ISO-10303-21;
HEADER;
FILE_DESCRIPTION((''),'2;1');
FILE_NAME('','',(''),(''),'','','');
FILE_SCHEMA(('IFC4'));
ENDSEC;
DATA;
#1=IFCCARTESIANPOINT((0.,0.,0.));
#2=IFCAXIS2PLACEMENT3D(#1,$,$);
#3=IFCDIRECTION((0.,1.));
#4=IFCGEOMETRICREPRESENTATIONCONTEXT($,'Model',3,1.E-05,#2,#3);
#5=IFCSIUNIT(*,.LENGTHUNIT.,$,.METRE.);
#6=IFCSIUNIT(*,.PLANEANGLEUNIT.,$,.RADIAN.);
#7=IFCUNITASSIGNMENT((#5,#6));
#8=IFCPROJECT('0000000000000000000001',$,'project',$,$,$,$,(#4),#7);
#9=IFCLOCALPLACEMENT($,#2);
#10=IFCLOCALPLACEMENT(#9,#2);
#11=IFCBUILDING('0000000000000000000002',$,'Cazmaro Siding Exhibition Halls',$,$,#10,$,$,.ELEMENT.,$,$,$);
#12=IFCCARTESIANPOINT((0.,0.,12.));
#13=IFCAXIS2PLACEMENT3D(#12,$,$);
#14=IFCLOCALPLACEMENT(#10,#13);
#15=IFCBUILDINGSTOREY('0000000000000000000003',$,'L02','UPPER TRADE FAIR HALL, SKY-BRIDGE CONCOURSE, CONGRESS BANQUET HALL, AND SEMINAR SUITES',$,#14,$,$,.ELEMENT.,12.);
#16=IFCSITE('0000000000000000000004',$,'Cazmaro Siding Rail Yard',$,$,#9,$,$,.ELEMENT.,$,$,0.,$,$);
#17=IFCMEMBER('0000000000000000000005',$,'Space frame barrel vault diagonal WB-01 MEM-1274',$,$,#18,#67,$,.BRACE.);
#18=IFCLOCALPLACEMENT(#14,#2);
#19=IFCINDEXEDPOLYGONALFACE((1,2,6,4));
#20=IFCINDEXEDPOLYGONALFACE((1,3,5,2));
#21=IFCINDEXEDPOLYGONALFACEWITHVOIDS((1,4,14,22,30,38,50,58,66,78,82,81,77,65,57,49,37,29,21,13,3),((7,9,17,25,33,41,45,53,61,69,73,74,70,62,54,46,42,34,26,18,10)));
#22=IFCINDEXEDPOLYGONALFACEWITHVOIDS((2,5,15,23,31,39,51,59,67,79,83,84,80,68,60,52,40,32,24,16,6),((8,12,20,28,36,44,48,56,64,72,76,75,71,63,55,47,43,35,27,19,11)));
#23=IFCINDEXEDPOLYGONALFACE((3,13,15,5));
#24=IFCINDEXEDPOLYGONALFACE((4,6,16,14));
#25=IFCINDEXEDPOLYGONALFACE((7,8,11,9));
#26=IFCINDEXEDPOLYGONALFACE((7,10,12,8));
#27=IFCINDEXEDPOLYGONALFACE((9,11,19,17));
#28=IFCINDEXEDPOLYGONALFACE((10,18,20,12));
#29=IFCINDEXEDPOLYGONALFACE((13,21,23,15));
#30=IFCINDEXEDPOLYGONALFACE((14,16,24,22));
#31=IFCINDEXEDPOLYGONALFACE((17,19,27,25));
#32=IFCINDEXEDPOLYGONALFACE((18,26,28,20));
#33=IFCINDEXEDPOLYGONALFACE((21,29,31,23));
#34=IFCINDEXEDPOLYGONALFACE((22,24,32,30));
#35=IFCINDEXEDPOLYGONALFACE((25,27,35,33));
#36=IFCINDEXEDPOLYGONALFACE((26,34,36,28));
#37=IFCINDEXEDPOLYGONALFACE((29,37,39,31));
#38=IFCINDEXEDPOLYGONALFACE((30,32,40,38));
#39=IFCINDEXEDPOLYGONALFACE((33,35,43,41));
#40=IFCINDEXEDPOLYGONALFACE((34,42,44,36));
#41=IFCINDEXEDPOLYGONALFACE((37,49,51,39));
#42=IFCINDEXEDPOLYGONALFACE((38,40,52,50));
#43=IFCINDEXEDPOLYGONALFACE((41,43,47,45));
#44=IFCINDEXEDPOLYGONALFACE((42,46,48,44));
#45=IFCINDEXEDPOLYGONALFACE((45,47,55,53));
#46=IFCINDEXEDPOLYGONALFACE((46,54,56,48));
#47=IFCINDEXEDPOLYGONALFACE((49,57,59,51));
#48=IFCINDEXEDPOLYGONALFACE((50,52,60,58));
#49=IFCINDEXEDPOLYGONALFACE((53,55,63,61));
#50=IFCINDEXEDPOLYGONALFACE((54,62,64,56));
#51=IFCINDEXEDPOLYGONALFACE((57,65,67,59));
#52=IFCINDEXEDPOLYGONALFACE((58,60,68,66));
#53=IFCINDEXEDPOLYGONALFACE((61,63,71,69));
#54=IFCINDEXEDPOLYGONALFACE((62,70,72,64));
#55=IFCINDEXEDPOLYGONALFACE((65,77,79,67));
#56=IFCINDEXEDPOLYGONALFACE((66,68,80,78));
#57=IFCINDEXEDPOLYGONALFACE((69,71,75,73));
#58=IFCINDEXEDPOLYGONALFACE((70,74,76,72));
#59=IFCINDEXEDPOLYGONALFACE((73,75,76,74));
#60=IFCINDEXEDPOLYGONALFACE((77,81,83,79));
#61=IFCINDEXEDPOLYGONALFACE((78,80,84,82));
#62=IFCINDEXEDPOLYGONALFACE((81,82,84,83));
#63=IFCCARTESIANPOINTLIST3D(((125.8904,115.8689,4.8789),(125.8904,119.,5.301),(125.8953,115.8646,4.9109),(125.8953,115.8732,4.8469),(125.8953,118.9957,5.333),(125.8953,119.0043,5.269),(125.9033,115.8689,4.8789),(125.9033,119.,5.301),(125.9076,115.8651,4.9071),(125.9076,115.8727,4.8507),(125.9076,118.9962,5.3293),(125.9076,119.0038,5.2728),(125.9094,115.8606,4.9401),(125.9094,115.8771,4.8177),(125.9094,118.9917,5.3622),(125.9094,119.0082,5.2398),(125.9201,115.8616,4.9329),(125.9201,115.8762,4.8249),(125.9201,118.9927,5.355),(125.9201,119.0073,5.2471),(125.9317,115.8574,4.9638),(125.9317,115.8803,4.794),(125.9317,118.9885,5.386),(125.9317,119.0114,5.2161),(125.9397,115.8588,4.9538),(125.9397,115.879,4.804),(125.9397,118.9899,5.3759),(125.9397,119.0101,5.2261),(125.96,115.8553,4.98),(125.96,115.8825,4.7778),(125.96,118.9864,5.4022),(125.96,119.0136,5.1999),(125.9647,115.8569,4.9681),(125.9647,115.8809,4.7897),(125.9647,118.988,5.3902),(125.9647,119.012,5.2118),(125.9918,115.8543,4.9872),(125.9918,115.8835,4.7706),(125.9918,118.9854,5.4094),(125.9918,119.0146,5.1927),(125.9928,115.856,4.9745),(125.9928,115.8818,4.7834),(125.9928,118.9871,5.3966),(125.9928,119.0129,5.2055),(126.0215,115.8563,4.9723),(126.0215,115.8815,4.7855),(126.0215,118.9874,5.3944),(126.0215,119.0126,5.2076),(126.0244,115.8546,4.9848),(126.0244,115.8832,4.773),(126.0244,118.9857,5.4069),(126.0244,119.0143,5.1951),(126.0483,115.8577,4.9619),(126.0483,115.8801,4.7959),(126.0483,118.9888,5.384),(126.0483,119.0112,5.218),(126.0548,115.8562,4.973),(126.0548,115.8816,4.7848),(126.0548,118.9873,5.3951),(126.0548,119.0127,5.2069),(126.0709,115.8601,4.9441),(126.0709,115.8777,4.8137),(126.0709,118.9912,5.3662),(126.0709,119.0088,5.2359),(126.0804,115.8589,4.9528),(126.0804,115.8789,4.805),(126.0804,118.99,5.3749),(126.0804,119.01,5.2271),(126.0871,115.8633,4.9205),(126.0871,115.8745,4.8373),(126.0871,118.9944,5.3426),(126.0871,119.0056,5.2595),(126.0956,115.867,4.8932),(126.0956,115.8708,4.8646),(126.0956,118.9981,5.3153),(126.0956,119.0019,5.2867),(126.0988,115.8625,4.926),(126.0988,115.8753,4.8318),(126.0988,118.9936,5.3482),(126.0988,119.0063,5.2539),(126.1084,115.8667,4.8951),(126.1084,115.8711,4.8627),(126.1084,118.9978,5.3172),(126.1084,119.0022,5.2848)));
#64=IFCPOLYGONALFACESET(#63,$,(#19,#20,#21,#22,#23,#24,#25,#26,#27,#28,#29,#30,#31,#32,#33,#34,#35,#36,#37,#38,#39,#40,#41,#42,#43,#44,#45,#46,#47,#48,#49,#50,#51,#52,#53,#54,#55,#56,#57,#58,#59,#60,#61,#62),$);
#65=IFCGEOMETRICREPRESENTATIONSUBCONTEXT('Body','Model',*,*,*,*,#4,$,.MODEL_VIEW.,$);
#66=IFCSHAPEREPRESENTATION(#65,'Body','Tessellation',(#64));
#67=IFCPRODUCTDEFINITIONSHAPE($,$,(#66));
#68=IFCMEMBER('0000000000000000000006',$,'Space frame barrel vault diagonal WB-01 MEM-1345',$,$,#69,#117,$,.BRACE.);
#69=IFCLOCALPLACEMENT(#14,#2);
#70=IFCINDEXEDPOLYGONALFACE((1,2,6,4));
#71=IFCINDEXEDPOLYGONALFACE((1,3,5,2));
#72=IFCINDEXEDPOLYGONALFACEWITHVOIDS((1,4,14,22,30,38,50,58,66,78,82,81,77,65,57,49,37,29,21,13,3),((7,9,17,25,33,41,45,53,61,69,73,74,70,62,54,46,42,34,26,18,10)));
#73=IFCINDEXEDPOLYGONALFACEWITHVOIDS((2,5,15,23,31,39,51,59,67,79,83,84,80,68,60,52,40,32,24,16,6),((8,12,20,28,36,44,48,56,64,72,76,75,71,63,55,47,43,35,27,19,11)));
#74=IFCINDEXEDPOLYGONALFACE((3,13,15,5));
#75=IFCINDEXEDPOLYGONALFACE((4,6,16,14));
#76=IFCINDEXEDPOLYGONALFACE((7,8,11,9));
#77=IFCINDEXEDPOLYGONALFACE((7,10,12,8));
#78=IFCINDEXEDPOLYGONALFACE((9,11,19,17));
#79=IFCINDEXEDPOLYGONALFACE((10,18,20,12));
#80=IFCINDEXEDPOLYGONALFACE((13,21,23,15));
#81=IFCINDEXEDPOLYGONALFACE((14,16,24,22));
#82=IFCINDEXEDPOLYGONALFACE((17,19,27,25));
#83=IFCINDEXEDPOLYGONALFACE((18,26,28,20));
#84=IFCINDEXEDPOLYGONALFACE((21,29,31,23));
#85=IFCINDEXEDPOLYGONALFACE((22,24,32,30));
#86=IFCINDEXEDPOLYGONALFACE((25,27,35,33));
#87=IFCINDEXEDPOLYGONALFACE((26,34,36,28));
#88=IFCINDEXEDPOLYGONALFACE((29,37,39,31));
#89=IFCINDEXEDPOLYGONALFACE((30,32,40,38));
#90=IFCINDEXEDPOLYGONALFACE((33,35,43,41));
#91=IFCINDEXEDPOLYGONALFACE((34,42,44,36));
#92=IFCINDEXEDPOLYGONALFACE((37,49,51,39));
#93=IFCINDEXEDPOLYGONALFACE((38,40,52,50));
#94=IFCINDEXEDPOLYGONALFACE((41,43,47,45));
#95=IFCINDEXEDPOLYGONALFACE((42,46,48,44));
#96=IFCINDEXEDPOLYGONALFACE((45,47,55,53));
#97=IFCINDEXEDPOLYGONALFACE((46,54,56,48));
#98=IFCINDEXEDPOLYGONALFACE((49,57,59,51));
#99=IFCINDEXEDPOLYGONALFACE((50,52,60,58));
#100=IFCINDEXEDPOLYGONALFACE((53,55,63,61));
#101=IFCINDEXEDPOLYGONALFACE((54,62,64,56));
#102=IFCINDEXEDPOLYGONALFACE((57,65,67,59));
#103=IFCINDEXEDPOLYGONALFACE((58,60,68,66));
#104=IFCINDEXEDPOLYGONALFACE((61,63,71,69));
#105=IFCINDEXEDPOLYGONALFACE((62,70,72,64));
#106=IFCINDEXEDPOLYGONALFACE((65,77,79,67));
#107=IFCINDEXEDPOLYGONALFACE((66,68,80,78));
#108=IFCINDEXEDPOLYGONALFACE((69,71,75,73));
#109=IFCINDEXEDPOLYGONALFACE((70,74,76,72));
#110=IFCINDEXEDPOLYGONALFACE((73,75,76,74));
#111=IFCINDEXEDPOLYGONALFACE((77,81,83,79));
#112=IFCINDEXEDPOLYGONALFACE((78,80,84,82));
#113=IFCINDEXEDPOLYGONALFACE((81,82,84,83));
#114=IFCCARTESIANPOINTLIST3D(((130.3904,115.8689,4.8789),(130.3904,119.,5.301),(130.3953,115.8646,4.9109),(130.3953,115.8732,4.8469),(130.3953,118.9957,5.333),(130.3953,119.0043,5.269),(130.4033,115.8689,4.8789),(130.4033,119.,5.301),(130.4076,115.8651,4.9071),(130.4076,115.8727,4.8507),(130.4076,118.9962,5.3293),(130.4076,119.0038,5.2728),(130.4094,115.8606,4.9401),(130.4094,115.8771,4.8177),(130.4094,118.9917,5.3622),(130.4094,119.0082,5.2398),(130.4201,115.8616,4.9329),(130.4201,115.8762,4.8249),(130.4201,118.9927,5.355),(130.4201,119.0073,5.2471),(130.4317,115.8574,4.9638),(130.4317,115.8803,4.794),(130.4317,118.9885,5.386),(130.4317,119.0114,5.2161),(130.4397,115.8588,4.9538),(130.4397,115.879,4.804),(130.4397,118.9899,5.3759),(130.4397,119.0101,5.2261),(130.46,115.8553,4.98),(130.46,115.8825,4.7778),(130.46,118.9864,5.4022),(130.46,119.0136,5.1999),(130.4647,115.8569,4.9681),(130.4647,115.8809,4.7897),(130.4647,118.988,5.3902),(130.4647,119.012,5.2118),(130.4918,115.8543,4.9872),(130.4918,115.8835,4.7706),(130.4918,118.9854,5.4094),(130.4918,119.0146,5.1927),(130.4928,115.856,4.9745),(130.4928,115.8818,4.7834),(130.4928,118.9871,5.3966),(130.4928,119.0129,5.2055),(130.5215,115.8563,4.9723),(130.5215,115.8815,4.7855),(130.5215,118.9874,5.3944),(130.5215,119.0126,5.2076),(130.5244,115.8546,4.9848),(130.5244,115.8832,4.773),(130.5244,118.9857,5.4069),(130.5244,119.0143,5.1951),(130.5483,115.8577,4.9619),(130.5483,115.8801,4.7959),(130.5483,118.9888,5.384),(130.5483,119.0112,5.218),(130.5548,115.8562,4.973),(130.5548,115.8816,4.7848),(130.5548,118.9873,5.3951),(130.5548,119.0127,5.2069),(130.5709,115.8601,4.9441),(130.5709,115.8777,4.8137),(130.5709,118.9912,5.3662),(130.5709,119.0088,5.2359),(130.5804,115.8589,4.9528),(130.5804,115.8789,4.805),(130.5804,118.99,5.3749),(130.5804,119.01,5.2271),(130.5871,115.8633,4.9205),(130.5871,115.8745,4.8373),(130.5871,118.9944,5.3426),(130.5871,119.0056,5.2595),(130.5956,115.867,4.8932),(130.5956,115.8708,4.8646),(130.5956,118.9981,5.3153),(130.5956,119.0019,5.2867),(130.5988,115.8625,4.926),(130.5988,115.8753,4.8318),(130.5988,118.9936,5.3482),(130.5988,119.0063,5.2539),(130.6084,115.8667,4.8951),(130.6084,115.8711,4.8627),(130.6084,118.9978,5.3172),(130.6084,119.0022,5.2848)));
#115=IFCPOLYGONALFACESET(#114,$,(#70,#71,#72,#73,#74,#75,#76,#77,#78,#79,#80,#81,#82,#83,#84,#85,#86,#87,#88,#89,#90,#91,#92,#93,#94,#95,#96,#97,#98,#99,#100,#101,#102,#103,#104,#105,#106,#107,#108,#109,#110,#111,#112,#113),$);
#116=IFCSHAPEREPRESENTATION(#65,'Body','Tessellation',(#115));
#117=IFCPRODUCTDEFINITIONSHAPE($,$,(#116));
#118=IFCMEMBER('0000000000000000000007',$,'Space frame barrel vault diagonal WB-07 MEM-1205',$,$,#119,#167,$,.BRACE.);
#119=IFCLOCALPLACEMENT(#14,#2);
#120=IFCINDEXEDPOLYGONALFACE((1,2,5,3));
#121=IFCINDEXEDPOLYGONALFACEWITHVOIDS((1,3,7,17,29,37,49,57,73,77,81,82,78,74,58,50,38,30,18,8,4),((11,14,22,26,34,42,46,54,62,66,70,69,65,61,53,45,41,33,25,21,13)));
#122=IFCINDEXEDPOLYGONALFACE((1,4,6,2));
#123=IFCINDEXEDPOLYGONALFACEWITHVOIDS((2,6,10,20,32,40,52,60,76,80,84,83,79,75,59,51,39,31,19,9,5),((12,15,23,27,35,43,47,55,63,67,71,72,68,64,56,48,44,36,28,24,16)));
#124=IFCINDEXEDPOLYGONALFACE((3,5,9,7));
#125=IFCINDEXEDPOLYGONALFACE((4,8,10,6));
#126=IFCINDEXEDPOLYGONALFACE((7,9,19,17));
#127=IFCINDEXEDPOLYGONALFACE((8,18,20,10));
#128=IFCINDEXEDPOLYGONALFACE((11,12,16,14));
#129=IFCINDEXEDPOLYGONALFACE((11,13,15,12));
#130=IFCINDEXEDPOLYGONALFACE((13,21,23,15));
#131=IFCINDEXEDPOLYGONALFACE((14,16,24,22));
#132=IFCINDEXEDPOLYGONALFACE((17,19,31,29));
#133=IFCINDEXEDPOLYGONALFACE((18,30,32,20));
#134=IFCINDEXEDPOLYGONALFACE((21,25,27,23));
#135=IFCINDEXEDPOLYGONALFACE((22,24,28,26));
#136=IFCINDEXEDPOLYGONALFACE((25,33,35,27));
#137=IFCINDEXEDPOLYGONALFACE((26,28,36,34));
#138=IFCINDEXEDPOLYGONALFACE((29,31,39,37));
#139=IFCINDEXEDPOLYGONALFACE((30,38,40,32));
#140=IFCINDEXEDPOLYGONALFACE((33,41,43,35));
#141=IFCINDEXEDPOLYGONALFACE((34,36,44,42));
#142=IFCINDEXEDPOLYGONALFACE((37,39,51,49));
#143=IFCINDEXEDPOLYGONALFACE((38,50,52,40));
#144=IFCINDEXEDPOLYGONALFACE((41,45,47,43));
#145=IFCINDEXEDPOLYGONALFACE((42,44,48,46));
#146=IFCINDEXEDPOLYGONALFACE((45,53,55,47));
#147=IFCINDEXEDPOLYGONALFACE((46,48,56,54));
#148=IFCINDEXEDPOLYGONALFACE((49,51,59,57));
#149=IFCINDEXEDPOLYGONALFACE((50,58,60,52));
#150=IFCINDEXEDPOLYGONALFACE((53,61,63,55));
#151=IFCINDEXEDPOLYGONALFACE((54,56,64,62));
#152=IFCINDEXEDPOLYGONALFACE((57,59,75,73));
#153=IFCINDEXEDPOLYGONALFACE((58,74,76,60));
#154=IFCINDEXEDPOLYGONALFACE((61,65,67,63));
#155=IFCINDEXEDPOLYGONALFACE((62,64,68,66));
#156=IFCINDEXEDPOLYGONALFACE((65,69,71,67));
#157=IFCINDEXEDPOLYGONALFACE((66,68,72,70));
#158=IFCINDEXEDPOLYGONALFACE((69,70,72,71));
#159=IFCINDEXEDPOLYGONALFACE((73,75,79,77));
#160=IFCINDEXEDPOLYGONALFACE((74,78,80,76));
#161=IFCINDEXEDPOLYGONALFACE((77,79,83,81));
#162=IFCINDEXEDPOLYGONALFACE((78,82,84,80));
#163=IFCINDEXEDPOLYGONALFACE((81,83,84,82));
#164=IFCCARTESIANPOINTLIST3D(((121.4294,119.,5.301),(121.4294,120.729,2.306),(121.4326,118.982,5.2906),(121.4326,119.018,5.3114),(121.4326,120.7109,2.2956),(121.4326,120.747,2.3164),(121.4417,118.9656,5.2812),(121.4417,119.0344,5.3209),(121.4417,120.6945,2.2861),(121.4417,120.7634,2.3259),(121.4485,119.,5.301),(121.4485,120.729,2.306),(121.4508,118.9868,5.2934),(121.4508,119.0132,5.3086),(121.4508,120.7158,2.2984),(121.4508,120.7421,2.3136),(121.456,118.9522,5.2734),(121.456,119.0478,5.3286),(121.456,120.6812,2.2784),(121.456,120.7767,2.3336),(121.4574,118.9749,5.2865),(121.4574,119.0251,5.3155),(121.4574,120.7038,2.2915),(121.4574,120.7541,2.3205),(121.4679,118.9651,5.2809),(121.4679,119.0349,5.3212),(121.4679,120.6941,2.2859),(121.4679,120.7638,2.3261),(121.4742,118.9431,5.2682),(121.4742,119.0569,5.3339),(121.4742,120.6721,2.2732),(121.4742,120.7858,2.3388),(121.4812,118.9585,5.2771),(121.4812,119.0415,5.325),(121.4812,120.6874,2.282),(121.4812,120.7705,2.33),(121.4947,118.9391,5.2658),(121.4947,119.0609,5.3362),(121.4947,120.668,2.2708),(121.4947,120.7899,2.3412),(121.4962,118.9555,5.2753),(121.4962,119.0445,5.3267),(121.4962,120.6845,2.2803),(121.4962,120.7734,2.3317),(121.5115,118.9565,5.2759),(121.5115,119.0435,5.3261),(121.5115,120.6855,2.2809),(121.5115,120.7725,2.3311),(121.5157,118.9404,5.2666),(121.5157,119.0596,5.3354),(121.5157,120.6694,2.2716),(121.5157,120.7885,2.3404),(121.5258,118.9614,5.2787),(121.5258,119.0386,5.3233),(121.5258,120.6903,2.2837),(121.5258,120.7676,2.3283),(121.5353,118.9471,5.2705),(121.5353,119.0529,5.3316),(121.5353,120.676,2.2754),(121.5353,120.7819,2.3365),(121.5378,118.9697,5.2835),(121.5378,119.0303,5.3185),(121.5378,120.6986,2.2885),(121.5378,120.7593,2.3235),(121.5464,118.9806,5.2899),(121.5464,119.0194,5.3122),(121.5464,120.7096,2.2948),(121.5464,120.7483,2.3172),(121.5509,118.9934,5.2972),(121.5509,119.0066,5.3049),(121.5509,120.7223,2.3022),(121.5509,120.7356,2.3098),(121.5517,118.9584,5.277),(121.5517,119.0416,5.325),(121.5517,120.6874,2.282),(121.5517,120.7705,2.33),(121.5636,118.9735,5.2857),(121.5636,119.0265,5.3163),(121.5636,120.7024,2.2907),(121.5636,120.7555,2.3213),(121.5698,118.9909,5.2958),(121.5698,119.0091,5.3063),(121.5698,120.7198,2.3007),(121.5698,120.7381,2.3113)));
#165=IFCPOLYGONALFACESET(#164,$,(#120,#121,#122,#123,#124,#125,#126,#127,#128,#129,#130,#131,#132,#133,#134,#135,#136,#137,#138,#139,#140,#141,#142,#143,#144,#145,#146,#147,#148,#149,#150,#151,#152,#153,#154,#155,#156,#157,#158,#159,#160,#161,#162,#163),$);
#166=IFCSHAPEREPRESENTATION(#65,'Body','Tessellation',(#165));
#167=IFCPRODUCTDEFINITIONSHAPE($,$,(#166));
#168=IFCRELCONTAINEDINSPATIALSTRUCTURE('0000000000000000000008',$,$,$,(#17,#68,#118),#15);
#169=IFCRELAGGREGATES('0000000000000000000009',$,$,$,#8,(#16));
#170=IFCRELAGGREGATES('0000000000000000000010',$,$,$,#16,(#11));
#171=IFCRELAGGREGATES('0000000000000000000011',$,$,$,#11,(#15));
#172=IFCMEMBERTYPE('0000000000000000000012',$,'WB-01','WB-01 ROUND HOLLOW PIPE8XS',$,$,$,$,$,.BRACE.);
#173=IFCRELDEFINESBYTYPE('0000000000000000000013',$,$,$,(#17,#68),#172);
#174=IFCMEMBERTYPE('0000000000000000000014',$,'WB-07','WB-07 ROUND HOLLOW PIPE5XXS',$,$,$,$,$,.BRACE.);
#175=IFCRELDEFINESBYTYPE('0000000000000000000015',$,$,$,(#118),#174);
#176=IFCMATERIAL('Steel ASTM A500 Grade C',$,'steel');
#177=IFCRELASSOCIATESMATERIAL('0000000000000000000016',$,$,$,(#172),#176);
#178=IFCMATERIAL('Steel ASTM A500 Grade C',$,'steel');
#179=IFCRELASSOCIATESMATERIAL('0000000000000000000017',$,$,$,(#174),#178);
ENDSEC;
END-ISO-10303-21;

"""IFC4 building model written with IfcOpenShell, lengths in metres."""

from ifc_helpers import new_model, si_unit, direction, frame, origin, origin_2d, place, context, subcontext, project, spatial, hollow_circle, extrude, material, material_profile, profile_set, type_object, element, save


model = new_model("IFC4")

# Units and contexts
model_context = context("Model", 3, precision=1e-05, world=origin(), true_north=direction((0.0, 1.0)))
body_context = subcontext(model_context, "Body", "Model", "MODEL_VIEW")
ifc_project = project(units=[si_unit("LENGTHUNIT", "METRE"), si_unit("PLANEANGLEUNIT", "RADIAN")], contexts=[model_context])

# Site, building, storey
site_placement = place(None, origin())
site = spatial("IfcSite", under=ifc_project, at=site_placement, Name="Cazmaro Siding Rail Yard", CompositionType="ELEMENT", RefElevation=0.0)
building_placement = place(site_placement, origin())
building = spatial("IfcBuilding", under=site, at=building_placement, Name="Cazmaro Siding Exhibition Halls", CompositionType="ELEMENT")
storey_placement = place(building_placement, frame((0.0, 0.0, 12.0)))
storey = spatial("IfcBuildingStorey", under=building, at=storey_placement, Name="L02", Description="UPPER TRADE FAIR HALL, SKY-BRIDGE CONCOURSE, CONGRESS BANQUET HALL, AND SEMINAR SUITES", CompositionType="ELEMENT", Elevation=12.0)

# Members
ifc_material_1 = material(Name="Steel ASTM A500 Grade C", Category="steel")
ifc_material_profile_1 = material_profile(ifc_material_1, hollow_circle(Radius=0.1096, WallThickness=0.0129, at=origin_2d()), Name="PIPE8XS")
ifc_profile_set_1 = profile_set([ifc_material_profile_1], Name="Steel ASTM A500 Grade C")
member_type_1 = type_object("IfcMemberType", Name="WB-01", Description="WB-01 ROUND HOLLOW PIPE8XS", PredefinedType="BRACE", material=ifc_profile_set_1)
for number, where, z_axis, x_axis, name in (
    (1, (126.0, 115.8689, 4.8789), (0.0, 0.991035, 0.133606), (-1.0, 0.0, 0.0), "Space frame barrel vault diagonal WB-01 MEM-1274"),
    (2, (130.5, 115.8689, 4.8789), (0.0, 0.991035, 0.133606), (-1.0, 0.0, 0.0), "Space frame barrel vault diagonal WB-01 MEM-1345"),
):
    element("IfcMember", number, at=place(storey_placement, frame(where, z_axis=z_axis, x_axis=x_axis)), inside=storey, type_object=member_type_1, Name=name, PredefinedType="BRACE", context=body_context, shape_type="SweptSolid", body=[
        extrude(hollow_circle(Radius=0.1096, WallThickness=0.0129, at=origin_2d()), origin(), (0.0, 0.0, 1.0), 3.1594),
    ])
ifc_material_2 = material(Name="Steel ASTM A500 Grade C", Category="steel")
ifc_material_profile_2 = material_profile(ifc_material_2, hollow_circle(Radius=0.0706, WallThickness=0.019, at=origin_2d()), Name="PIPE5XXS")
ifc_profile_set_2 = profile_set([ifc_material_profile_2], Name="Steel ASTM A500 Grade C")
member_type_2 = type_object("IfcMemberType", Name="WB-07", Description="WB-07 ROUND HOLLOW PIPE5XXS", PredefinedType="BRACE", material=ifc_profile_set_2)
for number, where, z_axis, x_axis, name in (
    (3, (121.5, 119.0, 5.301), (0.0, 0.499951, -0.866054), (-1.0, 0.0, 0.0), "Space frame barrel vault diagonal WB-07 MEM-1205"),
):
    element("IfcMember", number, at=place(storey_placement, frame(where, z_axis=z_axis, x_axis=x_axis)), inside=storey, type_object=member_type_2, Name=name, PredefinedType="BRACE", context=body_context, shape_type="SweptSolid", body=[
        extrude(hollow_circle(Radius=0.0706, WallThickness=0.019, at=origin_2d()), origin(), (0.0, 0.0, 1.0), 3.4583),
    ])

save(model, "model.ifc")
